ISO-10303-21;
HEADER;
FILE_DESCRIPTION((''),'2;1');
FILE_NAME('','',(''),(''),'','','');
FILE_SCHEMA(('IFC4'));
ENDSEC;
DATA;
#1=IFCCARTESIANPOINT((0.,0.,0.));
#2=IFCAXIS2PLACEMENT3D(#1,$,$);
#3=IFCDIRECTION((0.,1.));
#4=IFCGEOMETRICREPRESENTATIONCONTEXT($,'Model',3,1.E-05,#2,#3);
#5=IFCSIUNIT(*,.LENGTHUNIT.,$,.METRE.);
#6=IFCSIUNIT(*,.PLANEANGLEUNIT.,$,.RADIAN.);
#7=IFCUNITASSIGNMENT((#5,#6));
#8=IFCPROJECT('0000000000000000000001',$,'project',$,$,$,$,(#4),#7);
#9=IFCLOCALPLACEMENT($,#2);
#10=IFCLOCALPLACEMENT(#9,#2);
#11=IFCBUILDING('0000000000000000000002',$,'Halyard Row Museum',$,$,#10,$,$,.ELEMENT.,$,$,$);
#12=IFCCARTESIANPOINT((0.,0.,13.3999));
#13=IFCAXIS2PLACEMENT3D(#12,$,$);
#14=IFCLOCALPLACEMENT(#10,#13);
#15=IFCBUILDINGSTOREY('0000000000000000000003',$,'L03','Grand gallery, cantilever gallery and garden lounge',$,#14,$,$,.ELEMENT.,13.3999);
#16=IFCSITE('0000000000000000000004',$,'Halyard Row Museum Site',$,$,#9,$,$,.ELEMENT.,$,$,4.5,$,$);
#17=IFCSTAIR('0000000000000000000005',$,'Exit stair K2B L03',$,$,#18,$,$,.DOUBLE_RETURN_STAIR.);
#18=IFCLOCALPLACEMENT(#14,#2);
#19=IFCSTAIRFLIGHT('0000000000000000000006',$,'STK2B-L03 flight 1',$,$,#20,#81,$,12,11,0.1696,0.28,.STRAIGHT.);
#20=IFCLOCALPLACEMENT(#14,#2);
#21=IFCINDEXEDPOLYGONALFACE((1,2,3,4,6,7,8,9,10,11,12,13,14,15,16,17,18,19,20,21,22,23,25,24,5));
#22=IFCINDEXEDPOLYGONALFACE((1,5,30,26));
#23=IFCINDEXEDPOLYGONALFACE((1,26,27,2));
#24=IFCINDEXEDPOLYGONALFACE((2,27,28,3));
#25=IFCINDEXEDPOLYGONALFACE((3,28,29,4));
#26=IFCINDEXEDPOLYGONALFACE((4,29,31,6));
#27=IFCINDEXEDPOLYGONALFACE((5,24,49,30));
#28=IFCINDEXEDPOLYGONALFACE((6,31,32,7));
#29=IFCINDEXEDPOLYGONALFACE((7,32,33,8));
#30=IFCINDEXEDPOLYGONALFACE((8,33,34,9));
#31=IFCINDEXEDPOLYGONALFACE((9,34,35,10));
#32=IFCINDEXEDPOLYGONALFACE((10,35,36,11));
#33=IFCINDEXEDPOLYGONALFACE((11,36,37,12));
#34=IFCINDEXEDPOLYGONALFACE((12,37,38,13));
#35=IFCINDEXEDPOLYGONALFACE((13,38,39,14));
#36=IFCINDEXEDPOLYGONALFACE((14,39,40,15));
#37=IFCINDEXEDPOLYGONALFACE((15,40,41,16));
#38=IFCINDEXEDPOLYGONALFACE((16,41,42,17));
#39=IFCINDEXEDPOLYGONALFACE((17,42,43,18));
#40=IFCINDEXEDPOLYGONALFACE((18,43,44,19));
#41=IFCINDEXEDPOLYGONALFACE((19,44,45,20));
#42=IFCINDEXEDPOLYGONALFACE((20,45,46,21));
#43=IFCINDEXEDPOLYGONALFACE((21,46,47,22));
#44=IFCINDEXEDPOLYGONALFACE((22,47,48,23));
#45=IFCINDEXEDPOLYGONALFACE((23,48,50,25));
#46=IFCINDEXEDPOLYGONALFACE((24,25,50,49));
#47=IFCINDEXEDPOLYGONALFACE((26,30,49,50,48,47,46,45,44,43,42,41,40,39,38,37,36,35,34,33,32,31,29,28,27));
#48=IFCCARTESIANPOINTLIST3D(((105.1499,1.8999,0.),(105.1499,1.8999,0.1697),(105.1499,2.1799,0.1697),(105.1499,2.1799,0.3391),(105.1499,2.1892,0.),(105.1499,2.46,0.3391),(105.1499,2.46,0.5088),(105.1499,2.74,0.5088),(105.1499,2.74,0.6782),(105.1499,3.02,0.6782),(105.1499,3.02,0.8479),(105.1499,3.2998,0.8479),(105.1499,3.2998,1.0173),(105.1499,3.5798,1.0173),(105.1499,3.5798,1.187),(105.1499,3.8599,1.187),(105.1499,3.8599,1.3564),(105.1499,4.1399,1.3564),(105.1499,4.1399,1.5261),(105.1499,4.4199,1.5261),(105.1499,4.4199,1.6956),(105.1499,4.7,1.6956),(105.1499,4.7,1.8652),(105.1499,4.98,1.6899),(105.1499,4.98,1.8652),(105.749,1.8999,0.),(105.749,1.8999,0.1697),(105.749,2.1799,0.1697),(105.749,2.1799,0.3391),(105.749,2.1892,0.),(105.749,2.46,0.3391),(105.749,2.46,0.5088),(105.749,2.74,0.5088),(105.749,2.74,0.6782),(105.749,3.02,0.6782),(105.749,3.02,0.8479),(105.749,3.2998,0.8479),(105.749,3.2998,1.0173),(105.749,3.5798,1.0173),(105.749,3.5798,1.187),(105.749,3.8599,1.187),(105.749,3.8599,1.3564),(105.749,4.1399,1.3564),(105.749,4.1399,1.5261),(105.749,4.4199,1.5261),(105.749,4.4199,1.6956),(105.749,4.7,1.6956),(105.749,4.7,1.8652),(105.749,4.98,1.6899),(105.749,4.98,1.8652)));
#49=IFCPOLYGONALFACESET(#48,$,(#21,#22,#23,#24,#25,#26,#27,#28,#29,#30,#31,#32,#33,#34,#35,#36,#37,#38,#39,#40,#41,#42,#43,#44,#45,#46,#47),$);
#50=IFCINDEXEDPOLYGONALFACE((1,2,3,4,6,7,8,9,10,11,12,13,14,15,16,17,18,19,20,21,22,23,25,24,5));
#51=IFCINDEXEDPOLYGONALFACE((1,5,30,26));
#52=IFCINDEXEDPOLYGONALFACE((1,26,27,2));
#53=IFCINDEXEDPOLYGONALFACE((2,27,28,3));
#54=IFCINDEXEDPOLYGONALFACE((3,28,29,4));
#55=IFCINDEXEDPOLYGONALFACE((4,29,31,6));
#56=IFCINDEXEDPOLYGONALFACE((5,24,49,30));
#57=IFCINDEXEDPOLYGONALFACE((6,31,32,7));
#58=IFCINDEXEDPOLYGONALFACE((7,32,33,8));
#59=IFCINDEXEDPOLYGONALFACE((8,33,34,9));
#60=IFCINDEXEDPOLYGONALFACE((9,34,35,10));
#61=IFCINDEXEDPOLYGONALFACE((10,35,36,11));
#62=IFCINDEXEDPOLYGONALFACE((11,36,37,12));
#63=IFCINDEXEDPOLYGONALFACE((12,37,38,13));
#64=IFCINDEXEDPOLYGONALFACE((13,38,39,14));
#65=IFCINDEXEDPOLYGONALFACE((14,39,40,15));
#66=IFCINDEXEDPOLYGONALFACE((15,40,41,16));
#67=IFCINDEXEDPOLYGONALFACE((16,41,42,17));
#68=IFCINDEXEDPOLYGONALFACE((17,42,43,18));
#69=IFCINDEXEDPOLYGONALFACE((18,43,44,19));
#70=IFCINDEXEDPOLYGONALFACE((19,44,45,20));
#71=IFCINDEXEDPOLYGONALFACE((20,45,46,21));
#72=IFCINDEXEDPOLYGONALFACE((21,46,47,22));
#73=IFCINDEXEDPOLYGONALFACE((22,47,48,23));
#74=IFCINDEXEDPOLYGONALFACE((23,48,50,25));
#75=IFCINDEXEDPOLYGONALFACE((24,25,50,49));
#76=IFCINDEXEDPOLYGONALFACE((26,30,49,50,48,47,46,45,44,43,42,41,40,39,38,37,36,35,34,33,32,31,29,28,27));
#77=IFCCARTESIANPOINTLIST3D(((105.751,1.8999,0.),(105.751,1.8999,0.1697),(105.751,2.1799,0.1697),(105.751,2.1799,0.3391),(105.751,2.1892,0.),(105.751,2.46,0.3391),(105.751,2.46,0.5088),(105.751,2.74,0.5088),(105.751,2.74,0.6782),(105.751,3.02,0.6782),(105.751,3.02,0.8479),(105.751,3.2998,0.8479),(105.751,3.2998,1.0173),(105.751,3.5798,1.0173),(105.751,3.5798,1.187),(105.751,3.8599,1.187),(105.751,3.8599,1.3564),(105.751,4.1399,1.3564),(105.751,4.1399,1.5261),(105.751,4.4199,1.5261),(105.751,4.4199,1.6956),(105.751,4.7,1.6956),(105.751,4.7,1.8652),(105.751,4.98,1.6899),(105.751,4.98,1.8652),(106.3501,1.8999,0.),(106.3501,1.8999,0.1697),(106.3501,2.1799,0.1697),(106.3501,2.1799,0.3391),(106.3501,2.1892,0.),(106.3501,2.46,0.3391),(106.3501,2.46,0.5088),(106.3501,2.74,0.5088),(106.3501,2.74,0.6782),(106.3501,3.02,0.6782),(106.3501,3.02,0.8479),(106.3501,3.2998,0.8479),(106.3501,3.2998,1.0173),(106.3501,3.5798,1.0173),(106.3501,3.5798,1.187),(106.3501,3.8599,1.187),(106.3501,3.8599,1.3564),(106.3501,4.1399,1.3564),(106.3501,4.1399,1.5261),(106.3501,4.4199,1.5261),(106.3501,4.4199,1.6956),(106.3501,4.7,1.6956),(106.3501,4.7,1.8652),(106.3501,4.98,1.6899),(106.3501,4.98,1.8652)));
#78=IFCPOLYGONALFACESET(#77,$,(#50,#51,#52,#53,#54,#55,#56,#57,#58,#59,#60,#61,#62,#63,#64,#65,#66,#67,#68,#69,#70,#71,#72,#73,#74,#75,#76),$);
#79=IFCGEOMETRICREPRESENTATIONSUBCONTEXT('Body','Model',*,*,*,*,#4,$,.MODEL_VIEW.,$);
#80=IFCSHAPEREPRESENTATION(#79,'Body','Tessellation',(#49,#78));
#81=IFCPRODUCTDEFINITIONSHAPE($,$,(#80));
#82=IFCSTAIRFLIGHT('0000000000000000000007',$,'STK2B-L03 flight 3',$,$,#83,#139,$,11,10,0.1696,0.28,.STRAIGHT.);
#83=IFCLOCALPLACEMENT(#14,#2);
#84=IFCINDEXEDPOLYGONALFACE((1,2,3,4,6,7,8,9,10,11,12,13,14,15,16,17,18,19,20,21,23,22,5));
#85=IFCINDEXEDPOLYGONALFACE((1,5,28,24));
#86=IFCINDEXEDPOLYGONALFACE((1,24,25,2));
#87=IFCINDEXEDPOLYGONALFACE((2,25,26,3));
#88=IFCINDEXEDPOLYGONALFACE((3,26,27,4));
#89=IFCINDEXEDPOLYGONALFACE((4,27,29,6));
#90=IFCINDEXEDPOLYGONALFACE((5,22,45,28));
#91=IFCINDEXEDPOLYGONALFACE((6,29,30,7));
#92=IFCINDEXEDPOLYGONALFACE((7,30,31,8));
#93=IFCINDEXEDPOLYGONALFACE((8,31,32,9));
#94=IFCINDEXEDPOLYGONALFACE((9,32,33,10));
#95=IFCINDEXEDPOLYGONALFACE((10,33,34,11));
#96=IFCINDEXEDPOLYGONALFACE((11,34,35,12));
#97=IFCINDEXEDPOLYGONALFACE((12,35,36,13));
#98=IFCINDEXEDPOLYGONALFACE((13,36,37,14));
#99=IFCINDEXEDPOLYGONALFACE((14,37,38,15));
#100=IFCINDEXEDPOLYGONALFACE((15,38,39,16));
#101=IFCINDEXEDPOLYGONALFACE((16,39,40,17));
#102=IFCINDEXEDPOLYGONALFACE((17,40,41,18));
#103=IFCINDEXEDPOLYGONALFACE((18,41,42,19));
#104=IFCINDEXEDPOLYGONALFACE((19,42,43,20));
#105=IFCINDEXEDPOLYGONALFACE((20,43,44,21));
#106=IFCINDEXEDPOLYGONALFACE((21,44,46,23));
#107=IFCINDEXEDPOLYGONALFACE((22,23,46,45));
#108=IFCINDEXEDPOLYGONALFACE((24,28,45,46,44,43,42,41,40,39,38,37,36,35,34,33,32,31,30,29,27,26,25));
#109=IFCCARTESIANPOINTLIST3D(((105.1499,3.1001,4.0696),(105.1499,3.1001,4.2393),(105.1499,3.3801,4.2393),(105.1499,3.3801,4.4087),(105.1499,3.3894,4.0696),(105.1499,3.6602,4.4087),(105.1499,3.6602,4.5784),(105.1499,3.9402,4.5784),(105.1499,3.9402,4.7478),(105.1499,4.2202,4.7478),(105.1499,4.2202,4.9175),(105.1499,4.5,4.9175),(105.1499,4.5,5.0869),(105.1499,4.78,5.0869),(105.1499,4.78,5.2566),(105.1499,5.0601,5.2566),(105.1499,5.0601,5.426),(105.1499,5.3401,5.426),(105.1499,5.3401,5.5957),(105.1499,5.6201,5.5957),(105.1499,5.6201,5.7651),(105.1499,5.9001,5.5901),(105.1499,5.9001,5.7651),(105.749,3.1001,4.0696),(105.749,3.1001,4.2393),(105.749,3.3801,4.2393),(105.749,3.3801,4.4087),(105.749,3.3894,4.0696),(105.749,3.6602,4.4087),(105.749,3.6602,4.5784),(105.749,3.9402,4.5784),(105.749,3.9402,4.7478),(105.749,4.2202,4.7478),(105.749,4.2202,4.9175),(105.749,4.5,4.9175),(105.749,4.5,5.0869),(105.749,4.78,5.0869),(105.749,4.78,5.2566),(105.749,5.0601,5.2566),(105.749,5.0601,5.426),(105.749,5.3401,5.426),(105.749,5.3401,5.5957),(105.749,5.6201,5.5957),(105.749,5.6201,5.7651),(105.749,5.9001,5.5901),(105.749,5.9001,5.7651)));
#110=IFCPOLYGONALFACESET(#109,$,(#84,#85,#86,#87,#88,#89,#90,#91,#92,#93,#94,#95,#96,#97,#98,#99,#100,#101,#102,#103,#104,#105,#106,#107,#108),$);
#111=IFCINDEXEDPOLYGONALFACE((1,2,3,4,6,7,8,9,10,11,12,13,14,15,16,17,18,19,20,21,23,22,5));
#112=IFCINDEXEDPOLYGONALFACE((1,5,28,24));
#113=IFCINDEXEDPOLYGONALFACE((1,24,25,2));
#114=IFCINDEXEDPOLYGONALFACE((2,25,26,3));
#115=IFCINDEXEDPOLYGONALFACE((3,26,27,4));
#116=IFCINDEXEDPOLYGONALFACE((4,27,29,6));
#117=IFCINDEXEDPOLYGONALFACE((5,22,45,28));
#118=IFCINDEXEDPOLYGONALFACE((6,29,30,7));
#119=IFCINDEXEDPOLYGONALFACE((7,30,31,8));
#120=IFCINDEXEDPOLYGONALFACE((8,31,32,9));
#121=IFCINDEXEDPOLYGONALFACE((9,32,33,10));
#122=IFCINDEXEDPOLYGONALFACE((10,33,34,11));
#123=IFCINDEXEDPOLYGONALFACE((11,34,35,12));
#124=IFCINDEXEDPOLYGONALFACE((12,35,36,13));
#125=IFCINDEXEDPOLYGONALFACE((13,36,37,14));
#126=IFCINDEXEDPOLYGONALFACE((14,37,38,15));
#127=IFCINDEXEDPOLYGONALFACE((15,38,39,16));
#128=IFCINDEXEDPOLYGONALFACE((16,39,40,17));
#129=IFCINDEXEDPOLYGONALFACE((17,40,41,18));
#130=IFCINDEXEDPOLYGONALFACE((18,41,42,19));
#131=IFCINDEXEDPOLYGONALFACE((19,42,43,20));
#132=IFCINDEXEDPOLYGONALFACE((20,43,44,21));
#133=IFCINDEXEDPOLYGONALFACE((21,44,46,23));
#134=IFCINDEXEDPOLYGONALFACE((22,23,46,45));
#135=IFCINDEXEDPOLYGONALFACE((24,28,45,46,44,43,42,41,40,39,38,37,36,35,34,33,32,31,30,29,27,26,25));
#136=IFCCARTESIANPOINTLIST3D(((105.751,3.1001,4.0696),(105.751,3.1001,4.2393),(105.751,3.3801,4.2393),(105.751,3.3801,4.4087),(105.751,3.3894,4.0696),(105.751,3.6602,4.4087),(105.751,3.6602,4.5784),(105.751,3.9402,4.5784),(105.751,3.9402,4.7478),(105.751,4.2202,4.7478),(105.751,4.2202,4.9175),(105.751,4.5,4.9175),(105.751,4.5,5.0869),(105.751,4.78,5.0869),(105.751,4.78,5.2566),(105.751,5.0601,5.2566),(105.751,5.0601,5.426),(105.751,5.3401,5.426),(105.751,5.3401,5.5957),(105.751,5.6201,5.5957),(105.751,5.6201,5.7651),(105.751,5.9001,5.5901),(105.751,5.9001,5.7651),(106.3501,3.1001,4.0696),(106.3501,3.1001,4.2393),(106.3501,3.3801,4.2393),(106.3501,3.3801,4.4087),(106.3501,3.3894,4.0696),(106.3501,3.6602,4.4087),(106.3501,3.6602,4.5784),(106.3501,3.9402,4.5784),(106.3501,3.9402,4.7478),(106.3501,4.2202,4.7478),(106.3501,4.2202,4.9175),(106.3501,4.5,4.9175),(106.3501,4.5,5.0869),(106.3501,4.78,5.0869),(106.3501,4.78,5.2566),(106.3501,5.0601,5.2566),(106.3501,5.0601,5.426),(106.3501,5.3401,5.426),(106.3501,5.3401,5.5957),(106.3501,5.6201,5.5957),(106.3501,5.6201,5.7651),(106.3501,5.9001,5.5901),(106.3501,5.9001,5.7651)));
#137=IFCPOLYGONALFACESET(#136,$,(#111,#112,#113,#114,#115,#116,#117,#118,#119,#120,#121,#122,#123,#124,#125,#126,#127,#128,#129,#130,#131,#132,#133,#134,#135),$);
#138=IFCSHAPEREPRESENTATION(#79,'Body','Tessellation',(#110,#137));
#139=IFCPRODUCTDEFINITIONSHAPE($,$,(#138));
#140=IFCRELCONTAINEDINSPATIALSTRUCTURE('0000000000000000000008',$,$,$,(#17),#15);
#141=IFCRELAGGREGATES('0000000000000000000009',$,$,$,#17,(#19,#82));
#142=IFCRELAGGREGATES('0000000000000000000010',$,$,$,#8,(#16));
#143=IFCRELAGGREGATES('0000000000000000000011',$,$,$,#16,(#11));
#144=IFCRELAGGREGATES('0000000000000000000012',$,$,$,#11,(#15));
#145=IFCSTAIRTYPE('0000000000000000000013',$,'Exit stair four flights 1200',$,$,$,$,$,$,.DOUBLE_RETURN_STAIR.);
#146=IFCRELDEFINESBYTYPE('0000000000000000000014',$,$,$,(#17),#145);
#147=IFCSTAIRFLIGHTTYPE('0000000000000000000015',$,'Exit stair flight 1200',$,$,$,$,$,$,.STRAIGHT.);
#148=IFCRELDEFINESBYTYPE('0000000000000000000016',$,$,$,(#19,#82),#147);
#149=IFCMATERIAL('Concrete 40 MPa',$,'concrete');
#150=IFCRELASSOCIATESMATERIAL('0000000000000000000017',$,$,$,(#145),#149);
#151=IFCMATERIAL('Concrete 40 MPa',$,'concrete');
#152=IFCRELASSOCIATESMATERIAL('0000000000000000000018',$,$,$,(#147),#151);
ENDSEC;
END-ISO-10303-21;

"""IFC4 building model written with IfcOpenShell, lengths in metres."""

from ifc_helpers import new_model, si_unit, direction, frame, origin, place, context, subcontext, project, spatial, polyline, outline, extrude, material, type_object, element, aggregate, save


model = new_model("IFC4")

# Units and contexts
model_context = context("Model", 3, precision=1e-05, world=origin(), true_north=direction((0.0, 1.0)))
body_context = subcontext(model_context, "Body", "Model", "MODEL_VIEW")
ifc_project = project(units=[si_unit("LENGTHUNIT", "METRE"), si_unit("PLANEANGLEUNIT", "RADIAN")], contexts=[model_context])

# Site, building, storey
site_placement = place(None, origin())
site = spatial("IfcSite", under=ifc_project, at=site_placement, Name="Halyard Row Museum Site", CompositionType="ELEMENT", RefElevation=4.5)
building_placement = place(site_placement, origin())
building = spatial("IfcBuilding", under=site, at=building_placement, Name="Halyard Row Museum", CompositionType="ELEMENT")
storey_placement = place(building_placement, frame((0.0, 0.0, 13.3999)))
storey = spatial("IfcBuildingStorey", under=building, at=storey_placement, Name="L03", Description="Grand gallery, cantilever gallery and garden lounge", CompositionType="ELEMENT", Elevation=13.3999)

# Stair, stair flights
ifc_material_1 = material(Name="Concrete 40 MPa", Category="concrete")
stair_type = type_object("IfcStairType", Name="Exit stair four flights 1200", PredefinedType="DOUBLE_RETURN_STAIR", material=ifc_material_1)
stair_placement = place(storey_placement, origin())
stair = element("IfcStair", 1, at=stair_placement, inside=storey, type_object=stair_type, Name="Exit stair K2B L03", PredefinedType="DOUBLE_RETURN_STAIR")
ifc_material_2 = material(Name="Concrete 40 MPa", Category="concrete")
stair_flight_type = type_object("IfcStairFlightType", Name="Exit stair flight 1200", PredefinedType="STRAIGHT", material=ifc_material_2)
stair_flight_1_placement = place(storey_placement, frame((105.75, 1.8999, 0.0), z_axis=(0.0, 0.0, 1.0), x_axis=(0.0, 1.0, 0.0)))
stair_flight_1 = element("IfcStairFlight", 2, at=stair_flight_1_placement, type_object=stair_flight_type, Name="STK2B-L03 flight 1", NumberOfRisers=12, NumberOfTreads=11, PredefinedType="STRAIGHT", RiserHeight=0.1696, TreadLength=0.28, context=body_context, shape_type="SweptSolid", body=[
    extrude(outline(polyline([(0.0, 0.0), (0.0, 0.1697), (0.28, 0.1697), (0.28, 0.3391), (0.5601, 0.3391), (0.5601, 0.5088), (0.8401, 0.5088), (0.8401, 0.6782), (1.1201, 0.6782), (1.1201, 0.8479), (1.3999, 0.8479), (1.3999, 1.0173), (1.6799, 1.0173), (1.6799, 1.187), (1.96, 1.187), (1.96, 1.3564), (2.24, 1.3564), (2.24, 1.5261), (2.52, 1.5261), (2.52, 1.6956), (2.8, 1.6956), (2.8, 1.8652), (3.0801, 1.8652), (3.0801, 2.0347), (3.0801, 1.6899), (0.2893, 0.0), (0.0, 0.0)])), frame((0.0, 0.6001, 0.0), z_axis=(0.0, -1.0, 0.0), x_axis=(1.0, 0.0, 0.0)), (0.0, 0.0, 1.0), 0.5991),
    extrude(outline(polyline([(0.0, 0.0), (0.0, 0.1697), (0.28, 0.1697), (0.28, 0.3391), (0.5601, 0.3391), (0.5601, 0.5088), (0.8401, 0.5088), (0.8401, 0.6782), (1.1201, 0.6782), (1.1201, 0.8479), (1.3999, 0.8479), (1.3999, 1.0173), (1.6799, 1.0173), (1.6799, 1.187), (1.96, 1.187), (1.96, 1.3564), (2.24, 1.3564), (2.24, 1.5261), (2.52, 1.5261), (2.52, 1.6956), (2.8, 1.6956), (2.8, 1.8652), (3.0801, 1.8652), (3.0801, 2.0347), (3.0801, 1.6899), (0.2893, 0.0), (0.0, 0.0)])), frame((0.0, -0.001, 0.0), z_axis=(0.0, -1.0, 0.0), x_axis=(1.0, 0.0, 0.0)), (0.0, 0.0, 1.0), 0.5991),
])
stair_flight_2_placement = place(storey_placement, frame((105.75, 3.1001, 4.0696), z_axis=(0.0, 0.0, 1.0), x_axis=(0.0, 1.0, 0.0)))
stair_flight_2 = element("IfcStairFlight", 3, at=stair_flight_2_placement, type_object=stair_flight_type, Name="STK2B-L03 flight 3", NumberOfRisers=11, NumberOfTreads=10, PredefinedType="STRAIGHT", RiserHeight=0.1696, TreadLength=0.28, context=body_context, shape_type="SweptSolid", body=[
    extrude(outline(polyline([(0.0, 0.0), (0.0, 0.1697), (0.28, 0.1697), (0.28, 0.3391), (0.5601, 0.3391), (0.5601, 0.5088), (0.8401, 0.5088), (0.8401, 0.6782), (1.1201, 0.6782), (1.1201, 0.8479), (1.3999, 0.8479), (1.3999, 1.0173), (1.6799, 1.0173), (1.6799, 1.187), (1.96, 1.187), (1.96, 1.3564), (2.24, 1.3564), (2.24, 1.5261), (2.52, 1.5261), (2.52, 1.6956), (2.8, 1.6956), (2.8, 1.8652), (2.8, 1.5205), (0.2893, 0.0), (0.0, 0.0)])), frame((0.0, 0.6001, 0.0), z_axis=(0.0, -1.0, 0.0), x_axis=(1.0, 0.0, 0.0)), (0.0, 0.0, 1.0), 0.5991),
    extrude(outline(polyline([(0.0, 0.0), (0.0, 0.1697), (0.28, 0.1697), (0.28, 0.3391), (0.5601, 0.3391), (0.5601, 0.5088), (0.8401, 0.5088), (0.8401, 0.6782), (1.1201, 0.6782), (1.1201, 0.8479), (1.3999, 0.8479), (1.3999, 1.0173), (1.6799, 1.0173), (1.6799, 1.187), (1.96, 1.187), (1.96, 1.3564), (2.24, 1.3564), (2.24, 1.5261), (2.52, 1.5261), (2.52, 1.6956), (2.8, 1.6956), (2.8, 1.8652), (2.8, 1.5205), (0.2893, 0.0), (0.0, 0.0)])), frame((0.0, -0.001, 0.0), z_axis=(0.0, -1.0, 0.0), x_axis=(1.0, 0.0, 0.0)), (0.0, 0.0, 1.0), 0.5991),
])
aggregate(stair, [stair_flight_1, stair_flight_2])

save(model, "model.ifc")
